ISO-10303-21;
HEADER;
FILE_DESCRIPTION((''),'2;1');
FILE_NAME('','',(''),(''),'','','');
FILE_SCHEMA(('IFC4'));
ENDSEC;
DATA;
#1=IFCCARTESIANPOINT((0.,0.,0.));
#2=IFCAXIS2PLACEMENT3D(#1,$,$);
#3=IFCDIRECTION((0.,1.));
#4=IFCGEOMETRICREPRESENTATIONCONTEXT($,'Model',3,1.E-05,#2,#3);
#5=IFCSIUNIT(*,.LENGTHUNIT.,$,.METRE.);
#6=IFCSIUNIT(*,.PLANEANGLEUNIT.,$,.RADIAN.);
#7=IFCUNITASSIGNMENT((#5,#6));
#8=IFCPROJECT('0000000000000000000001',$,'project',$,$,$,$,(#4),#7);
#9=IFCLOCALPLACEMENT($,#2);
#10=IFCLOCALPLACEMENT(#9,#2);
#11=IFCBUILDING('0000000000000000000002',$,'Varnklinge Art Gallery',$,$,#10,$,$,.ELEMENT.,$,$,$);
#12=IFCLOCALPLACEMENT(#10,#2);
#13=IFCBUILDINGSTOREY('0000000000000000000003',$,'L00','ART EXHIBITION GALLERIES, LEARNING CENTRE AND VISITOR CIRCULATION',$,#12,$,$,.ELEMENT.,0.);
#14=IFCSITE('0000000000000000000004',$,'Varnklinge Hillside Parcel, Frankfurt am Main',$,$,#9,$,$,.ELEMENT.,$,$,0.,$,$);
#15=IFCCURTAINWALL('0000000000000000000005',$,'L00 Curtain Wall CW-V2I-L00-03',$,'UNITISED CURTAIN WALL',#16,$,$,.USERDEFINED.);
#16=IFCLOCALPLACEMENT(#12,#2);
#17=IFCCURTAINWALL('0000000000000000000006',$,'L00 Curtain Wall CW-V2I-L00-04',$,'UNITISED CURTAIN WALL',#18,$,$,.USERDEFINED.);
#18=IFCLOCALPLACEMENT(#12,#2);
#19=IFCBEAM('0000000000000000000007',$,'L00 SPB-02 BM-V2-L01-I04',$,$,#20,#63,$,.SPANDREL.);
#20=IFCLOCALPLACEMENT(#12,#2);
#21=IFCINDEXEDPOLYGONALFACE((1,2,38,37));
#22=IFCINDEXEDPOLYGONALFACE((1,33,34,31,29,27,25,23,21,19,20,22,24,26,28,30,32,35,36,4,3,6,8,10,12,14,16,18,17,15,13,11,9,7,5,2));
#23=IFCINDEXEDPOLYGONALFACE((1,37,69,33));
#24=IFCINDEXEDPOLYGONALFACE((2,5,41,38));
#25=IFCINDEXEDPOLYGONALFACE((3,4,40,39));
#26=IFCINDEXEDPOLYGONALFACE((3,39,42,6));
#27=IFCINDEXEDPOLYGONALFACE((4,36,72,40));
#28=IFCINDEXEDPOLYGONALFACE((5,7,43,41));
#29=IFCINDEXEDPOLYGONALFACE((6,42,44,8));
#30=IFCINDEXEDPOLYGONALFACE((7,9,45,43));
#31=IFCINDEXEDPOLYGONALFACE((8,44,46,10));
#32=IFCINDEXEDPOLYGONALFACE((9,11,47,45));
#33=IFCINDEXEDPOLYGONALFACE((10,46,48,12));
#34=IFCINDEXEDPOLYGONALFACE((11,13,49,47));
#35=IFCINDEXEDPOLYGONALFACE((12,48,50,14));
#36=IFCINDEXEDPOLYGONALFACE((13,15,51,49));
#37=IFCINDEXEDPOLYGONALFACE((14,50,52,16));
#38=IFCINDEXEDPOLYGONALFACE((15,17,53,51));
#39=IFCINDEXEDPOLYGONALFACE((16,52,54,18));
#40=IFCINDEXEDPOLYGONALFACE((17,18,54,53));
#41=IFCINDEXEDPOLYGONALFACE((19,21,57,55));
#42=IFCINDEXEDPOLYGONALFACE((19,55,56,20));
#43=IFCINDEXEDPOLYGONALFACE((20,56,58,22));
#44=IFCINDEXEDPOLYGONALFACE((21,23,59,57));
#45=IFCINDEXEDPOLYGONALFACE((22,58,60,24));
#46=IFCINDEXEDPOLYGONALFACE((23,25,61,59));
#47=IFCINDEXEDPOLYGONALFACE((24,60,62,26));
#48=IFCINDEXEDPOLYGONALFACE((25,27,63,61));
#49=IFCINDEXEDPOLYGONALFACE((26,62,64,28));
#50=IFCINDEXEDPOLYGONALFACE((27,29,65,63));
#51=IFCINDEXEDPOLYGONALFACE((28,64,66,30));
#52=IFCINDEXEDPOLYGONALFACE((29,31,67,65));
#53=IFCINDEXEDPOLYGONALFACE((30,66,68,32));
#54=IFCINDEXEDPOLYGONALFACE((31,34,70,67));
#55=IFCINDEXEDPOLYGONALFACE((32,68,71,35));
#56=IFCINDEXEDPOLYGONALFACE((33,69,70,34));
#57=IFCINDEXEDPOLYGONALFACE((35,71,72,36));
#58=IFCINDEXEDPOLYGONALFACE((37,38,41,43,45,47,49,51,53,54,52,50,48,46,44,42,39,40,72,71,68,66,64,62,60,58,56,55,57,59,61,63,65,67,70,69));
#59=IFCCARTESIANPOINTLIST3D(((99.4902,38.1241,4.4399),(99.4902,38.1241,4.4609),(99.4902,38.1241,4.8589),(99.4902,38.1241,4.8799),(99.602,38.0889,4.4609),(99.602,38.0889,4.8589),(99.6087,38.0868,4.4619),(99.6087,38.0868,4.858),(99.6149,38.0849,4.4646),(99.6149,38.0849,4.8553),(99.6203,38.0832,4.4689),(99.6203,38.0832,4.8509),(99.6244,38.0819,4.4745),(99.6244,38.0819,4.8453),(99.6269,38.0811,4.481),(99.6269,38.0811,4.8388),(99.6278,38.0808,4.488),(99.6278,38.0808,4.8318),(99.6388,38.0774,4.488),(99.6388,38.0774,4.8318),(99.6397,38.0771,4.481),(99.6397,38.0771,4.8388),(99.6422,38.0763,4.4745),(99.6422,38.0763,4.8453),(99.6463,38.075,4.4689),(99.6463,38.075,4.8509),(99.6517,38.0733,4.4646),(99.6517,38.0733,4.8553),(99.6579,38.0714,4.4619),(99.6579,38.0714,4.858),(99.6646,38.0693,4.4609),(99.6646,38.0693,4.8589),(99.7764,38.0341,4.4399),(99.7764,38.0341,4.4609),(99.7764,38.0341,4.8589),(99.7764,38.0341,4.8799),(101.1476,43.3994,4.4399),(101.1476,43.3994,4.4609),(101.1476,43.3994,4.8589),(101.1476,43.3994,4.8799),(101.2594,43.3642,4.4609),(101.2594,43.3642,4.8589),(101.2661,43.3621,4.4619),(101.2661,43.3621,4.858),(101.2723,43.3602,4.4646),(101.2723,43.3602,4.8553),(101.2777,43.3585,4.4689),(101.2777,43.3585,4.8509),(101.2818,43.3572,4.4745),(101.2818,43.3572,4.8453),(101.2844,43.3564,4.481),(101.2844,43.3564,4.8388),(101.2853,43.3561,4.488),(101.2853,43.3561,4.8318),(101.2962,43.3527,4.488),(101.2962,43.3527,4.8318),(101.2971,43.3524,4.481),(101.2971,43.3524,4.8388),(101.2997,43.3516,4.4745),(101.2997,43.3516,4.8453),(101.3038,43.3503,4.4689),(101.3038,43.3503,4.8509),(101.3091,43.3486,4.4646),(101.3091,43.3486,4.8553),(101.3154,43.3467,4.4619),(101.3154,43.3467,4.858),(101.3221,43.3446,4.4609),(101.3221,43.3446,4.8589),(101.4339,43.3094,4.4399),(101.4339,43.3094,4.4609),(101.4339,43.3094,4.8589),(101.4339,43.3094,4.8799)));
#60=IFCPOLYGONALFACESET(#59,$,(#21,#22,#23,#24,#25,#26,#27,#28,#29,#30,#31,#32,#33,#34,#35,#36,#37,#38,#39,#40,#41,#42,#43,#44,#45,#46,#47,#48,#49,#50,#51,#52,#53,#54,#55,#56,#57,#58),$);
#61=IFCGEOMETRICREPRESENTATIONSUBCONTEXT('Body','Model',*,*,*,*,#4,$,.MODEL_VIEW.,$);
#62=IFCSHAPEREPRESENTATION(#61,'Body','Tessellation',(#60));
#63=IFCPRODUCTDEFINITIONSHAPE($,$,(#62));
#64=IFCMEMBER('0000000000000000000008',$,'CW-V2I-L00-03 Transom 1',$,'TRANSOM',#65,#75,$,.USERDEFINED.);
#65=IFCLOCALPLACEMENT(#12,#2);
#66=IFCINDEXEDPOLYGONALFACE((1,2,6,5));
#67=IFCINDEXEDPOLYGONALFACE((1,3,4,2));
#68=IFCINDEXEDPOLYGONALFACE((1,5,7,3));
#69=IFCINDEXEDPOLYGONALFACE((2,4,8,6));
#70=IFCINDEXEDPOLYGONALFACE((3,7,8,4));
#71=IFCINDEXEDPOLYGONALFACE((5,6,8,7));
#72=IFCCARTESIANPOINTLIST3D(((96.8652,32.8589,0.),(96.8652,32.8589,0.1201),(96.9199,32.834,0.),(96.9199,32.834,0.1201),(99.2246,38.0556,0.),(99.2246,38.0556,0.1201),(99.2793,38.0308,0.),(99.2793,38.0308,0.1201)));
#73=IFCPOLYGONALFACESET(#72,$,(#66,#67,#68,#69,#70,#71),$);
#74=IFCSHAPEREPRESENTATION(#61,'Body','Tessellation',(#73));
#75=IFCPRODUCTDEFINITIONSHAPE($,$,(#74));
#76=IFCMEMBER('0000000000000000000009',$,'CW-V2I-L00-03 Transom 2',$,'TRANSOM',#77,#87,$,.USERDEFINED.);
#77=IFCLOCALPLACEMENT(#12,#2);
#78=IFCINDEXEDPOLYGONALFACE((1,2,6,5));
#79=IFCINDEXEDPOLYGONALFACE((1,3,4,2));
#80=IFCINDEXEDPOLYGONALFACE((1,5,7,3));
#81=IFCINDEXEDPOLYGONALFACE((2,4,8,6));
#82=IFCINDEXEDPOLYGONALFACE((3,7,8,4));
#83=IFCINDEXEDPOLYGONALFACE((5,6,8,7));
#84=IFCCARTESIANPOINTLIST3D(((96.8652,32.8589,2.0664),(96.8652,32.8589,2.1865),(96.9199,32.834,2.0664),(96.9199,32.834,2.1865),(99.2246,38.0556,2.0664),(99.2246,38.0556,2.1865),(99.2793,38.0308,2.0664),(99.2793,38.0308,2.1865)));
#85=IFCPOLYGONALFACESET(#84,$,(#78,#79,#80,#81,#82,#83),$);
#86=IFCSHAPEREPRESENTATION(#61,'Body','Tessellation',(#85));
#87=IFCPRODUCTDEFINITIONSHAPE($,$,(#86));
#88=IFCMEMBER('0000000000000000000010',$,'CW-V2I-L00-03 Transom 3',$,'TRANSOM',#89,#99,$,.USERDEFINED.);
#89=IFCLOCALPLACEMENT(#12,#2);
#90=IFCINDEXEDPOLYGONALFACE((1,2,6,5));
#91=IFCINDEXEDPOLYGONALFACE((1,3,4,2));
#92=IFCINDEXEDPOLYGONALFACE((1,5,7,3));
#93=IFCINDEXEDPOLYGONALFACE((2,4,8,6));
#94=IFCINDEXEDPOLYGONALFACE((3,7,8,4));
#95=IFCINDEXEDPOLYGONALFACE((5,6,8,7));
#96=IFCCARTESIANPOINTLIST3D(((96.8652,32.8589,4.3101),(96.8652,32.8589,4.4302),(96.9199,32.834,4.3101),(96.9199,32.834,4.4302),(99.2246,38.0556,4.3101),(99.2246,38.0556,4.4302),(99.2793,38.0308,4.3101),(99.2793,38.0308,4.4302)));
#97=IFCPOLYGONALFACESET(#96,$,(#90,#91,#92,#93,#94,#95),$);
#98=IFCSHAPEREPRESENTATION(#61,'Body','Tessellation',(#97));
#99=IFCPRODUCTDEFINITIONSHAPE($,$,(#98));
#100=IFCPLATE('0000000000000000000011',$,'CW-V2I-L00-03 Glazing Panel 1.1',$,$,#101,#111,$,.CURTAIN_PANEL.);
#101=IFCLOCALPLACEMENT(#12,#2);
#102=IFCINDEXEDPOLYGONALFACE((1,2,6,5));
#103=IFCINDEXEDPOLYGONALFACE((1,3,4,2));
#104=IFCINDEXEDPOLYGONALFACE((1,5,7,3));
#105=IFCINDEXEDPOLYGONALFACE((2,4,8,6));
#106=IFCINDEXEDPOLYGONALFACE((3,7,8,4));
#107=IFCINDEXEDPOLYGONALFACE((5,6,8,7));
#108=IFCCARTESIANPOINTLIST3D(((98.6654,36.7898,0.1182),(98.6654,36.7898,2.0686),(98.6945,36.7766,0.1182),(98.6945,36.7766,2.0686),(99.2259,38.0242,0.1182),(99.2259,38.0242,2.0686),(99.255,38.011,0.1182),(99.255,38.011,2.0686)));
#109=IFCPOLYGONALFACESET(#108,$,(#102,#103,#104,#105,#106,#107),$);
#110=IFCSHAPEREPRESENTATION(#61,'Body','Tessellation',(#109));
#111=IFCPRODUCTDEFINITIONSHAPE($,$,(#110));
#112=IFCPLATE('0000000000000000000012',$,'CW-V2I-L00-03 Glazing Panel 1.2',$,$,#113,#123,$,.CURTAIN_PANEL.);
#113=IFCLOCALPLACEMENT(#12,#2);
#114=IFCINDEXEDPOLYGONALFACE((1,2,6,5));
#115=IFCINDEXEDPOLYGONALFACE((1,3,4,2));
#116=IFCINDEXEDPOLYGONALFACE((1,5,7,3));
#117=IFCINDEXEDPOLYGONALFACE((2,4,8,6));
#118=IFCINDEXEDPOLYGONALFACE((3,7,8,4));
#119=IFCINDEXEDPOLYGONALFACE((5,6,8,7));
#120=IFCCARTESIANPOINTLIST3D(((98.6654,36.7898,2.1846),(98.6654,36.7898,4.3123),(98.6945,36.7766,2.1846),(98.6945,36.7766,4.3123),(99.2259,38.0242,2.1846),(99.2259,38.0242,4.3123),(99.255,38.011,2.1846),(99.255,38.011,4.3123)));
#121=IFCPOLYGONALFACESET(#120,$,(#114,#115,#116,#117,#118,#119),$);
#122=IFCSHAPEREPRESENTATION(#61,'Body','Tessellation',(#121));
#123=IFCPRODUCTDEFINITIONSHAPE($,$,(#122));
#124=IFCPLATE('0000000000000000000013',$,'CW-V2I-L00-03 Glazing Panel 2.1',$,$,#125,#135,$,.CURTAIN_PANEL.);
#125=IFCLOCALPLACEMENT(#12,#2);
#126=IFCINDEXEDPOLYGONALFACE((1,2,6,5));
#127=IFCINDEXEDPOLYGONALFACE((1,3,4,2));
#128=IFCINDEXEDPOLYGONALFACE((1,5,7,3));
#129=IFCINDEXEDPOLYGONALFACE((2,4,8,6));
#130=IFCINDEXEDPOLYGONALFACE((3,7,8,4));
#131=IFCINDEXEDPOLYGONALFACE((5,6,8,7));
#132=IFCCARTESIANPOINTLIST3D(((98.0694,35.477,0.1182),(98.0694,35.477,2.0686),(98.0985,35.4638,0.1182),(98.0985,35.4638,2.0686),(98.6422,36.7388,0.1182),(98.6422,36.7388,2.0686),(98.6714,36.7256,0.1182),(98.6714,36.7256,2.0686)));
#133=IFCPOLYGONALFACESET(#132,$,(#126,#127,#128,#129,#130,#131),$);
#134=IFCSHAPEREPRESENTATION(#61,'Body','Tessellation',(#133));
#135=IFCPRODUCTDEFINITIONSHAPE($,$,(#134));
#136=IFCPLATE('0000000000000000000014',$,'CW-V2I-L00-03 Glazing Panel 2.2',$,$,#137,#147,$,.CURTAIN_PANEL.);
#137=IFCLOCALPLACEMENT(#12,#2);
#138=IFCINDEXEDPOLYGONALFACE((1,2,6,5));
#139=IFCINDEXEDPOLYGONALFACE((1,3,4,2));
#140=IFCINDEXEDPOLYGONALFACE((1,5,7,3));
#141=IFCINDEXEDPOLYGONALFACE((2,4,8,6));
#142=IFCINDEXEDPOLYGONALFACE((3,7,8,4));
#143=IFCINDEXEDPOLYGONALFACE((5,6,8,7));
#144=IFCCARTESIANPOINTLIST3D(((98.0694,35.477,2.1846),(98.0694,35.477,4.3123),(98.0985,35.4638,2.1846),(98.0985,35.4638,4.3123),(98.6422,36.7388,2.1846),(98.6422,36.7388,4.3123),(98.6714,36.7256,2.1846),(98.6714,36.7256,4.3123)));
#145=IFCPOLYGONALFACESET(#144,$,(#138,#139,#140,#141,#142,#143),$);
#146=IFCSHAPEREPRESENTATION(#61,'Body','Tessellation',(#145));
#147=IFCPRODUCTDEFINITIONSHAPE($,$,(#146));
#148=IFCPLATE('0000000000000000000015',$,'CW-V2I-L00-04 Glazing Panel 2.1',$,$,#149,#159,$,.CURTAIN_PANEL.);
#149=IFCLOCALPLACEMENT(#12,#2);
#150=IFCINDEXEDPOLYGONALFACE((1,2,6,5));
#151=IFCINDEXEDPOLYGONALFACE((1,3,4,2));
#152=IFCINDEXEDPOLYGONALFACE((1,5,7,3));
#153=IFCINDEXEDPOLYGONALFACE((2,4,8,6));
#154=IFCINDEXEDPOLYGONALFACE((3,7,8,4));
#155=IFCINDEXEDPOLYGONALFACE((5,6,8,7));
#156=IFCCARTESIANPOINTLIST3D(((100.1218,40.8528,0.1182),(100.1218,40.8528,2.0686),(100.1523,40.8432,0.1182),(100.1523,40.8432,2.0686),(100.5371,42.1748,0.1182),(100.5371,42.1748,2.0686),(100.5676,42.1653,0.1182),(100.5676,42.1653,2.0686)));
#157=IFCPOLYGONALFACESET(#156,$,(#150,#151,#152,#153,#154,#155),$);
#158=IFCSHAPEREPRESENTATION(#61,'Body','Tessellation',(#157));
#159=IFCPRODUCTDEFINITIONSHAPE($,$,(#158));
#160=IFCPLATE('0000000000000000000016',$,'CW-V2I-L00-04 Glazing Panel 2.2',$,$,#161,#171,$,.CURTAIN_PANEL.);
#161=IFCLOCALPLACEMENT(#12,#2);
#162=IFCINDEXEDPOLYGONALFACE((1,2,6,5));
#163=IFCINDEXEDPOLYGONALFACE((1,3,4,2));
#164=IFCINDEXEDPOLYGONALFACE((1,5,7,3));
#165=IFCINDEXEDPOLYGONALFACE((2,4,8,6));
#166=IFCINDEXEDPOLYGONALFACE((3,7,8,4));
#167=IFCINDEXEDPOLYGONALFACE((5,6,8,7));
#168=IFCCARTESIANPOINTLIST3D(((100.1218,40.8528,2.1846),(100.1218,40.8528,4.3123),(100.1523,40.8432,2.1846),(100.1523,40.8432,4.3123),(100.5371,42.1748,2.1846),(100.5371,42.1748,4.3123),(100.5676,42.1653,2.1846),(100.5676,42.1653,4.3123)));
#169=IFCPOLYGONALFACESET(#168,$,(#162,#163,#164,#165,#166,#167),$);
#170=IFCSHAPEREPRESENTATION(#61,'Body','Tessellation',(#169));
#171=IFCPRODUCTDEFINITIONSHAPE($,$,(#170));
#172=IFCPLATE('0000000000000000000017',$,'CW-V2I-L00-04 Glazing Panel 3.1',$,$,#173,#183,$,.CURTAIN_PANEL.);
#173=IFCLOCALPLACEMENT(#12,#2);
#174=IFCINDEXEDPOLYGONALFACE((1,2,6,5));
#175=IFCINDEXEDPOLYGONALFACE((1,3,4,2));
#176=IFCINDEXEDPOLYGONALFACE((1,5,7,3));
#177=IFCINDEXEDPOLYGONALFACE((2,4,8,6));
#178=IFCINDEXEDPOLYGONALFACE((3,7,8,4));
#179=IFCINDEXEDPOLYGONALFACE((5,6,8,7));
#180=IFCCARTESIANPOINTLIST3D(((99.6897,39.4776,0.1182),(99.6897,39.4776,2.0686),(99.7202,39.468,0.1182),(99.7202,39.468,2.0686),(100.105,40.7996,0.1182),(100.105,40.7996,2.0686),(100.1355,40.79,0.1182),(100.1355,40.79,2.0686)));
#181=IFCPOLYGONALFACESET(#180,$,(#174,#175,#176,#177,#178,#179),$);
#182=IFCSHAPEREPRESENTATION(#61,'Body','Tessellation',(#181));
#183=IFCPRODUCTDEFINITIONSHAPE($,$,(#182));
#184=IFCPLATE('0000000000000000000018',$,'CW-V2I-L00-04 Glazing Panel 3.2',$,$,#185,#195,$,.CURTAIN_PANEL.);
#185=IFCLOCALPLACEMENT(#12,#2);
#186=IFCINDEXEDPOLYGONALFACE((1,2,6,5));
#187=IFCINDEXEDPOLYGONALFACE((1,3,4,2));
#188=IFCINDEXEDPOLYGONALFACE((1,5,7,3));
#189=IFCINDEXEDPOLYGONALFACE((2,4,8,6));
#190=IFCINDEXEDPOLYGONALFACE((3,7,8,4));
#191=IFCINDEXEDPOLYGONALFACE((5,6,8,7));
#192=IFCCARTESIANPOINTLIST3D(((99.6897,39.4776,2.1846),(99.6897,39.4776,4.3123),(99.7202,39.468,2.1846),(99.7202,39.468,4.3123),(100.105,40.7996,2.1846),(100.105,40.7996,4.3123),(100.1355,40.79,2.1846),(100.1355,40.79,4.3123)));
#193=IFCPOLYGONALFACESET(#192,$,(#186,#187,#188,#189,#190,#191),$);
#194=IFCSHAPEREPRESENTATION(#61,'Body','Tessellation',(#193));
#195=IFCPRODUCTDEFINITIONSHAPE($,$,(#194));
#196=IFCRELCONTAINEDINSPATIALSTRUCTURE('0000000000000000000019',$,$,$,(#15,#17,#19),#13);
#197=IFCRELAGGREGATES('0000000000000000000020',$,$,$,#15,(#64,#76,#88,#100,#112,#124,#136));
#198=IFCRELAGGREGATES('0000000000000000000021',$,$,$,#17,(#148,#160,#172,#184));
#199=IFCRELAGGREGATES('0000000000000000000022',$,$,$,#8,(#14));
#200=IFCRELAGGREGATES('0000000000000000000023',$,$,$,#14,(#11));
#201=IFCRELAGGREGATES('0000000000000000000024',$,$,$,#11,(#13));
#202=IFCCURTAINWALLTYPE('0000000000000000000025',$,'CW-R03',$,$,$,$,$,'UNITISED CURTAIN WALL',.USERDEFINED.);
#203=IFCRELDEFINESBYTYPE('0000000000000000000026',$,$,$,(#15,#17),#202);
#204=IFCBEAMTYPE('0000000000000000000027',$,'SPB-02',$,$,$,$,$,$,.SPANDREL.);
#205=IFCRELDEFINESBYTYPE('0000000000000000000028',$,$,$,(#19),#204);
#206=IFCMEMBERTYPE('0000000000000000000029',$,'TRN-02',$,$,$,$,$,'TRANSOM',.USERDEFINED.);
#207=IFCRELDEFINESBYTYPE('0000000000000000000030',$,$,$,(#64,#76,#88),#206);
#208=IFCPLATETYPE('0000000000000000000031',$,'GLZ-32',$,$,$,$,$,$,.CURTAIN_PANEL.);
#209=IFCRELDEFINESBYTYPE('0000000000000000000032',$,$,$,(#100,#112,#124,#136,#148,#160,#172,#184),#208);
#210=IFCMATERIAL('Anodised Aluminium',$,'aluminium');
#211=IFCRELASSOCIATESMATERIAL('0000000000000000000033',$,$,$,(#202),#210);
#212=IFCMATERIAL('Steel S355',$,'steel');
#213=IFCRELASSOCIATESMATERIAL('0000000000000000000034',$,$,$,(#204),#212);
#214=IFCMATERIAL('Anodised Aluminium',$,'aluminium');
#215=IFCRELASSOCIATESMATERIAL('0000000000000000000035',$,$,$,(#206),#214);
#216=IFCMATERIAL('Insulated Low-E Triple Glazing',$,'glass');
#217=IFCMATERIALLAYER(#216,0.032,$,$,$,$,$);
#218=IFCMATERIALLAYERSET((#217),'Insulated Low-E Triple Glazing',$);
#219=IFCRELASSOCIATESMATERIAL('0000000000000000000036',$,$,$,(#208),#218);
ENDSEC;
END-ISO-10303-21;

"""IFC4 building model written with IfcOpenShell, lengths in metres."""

from ifc_helpers import new_model, si_unit, direction, frame, origin, origin_2d, place, context, subcontext, project, spatial, rectangle, i_section, extrude, material, layer, layer_set, material_profile, profile_set, type_object, element, aggregate, save


model = new_model("IFC4")

# Units and contexts
model_context = context("Model", 3, precision=1e-05, world=origin(), true_north=direction((0.0, 1.0)))
body_context = subcontext(model_context, "Body", "Model", "MODEL_VIEW")
ifc_project = project(units=[si_unit("LENGTHUNIT", "METRE"), si_unit("PLANEANGLEUNIT", "RADIAN")], contexts=[model_context])

# Site, building, storey
site_placement = place(None, origin())
site = spatial("IfcSite", under=ifc_project, at=site_placement, Name="Varnklinge Hillside Parcel, Frankfurt am Main", CompositionType="ELEMENT", RefElevation=0.0)
building_placement = place(site_placement, origin())
building = spatial("IfcBuilding", under=site, at=building_placement, Name="Varnklinge Art Gallery", CompositionType="ELEMENT")
storey_placement = place(building_placement, origin())
storey = spatial("IfcBuildingStorey", under=building, at=storey_placement, Name="L00", Description="ART EXHIBITION GALLERIES, LEARNING CENTRE AND VISITOR CIRCULATION", CompositionType="ELEMENT", Elevation=0.0)

# Curtain walls
ifc_material_1 = material(Name="Anodised Aluminium", Category="aluminium")
curtain_wall_type = type_object("IfcCurtainWallType", Name="CW-R03", ElementType="UNITISED CURTAIN WALL", PredefinedType="USERDEFINED", material=ifc_material_1)
curtain_wall_1_placement = place(storey_placement, origin())
curtain_wall_1 = element("IfcCurtainWall", 1, at=curtain_wall_1_placement, inside=storey, type_object=curtain_wall_type, Name="L00 Curtain Wall CW-V2I-L00-03", ObjectType="UNITISED CURTAIN WALL", PredefinedType="USERDEFINED")
curtain_wall_2_placement = place(storey_placement, origin())
curtain_wall_2 = element("IfcCurtainWall", 2, at=curtain_wall_2_placement, inside=storey, type_object=curtain_wall_type, Name="L00 Curtain Wall CW-V2I-L00-04", ObjectType="UNITISED CURTAIN WALL", PredefinedType="USERDEFINED")

# Beam
ifc_material_2 = material(Name="Steel S355", Category="steel")
ifc_material_profile_1 = material_profile(ifc_material_2, i_section(OverallWidth=0.3, OverallDepth=0.4399, WebThickness=0.0115, FlangeThickness=0.021, FilletRadius=0.0271, at=origin_2d()), Name="HEA 450")
ifc_profile_set_1 = profile_set([ifc_material_profile_1], Name="Steel S355")
beam_type = type_object("IfcBeamType", Name="SPB-02", PredefinedType="SPANDREL", material=ifc_profile_set_1)
beam_placement = place(storey_placement, frame((99.6333, 38.0791, 4.6599), z_axis=(0.299743, 0.95402, 0.0), x_axis=(-0.95402, 0.299743, 0.0)))
element("IfcBeam", 3, at=beam_placement, inside=storey, type_object=beam_type, Name="L00 SPB-02 BM-V2-L01-I04", PredefinedType="SPANDREL", context=body_context, shape_type="SweptSolid", body=[
    extrude(i_section(OverallWidth=0.3, OverallDepth=0.4399, WebThickness=0.0115, FlangeThickness=0.021, FilletRadius=0.0271, at=origin_2d()), origin(), (0.0, 0.0, 1.0), 5.5295),
])

# Members
ifc_material_3 = material(Name="Anodised Aluminium", Category="aluminium")
ifc_material_profile_2 = material_profile(ifc_material_3, rectangle(XDim=0.0601, YDim=0.1201, at=origin_2d()), Name="ALU 60x120")
ifc_profile_set_2 = profile_set([ifc_material_profile_2], Name="Anodised Aluminium")
member_type_1 = type_object("IfcMemberType", Name="TRN-02", ElementType="TRANSOM", PredefinedType="USERDEFINED", material=ifc_profile_set_2)
member_1_placement = place(storey_placement, frame((99.252, 38.0432, 0.0601), z_axis=(-0.413397, -0.910551, 0.0), x_axis=(0.910551, -0.413397, 0.0)))
member_1 = element("IfcMember", 4, at=member_1_placement, type_object=member_type_1, Name="CW-V2I-L00-03 Transom 1", ObjectType="TRANSOM", PredefinedType="USERDEFINED", context=body_context, shape_type="SweptSolid", body=[
    extrude(rectangle(XDim=0.0601, YDim=0.1201, at=origin_2d()), origin(), (0.0, 0.0, 1.0), 5.7073),
])
member_2_placement = place(storey_placement, frame((99.252, 38.0432, 2.1265), z_axis=(-0.413397, -0.910551, 0.0), x_axis=(0.910551, -0.413397, 0.0)))
member_2 = element("IfcMember", 5, at=member_2_placement, type_object=member_type_1, Name="CW-V2I-L00-03 Transom 2", ObjectType="TRANSOM", PredefinedType="USERDEFINED", context=body_context, shape_type="SweptSolid", body=[
    extrude(rectangle(XDim=0.0601, YDim=0.1201, at=origin_2d()), origin(), (0.0, 0.0, 1.0), 5.7073),
])
member_3_placement = place(storey_placement, frame((99.252, 38.0432, 4.3701), z_axis=(-0.413397, -0.910551, 0.0), x_axis=(0.910551, -0.413397, 0.0)))
member_3 = element("IfcMember", 6, at=member_3_placement, type_object=member_type_1, Name="CW-V2I-L00-03 Transom 3", ObjectType="TRANSOM", PredefinedType="USERDEFINED", context=body_context, shape_type="SweptSolid", body=[
    extrude(rectangle(XDim=0.0601, YDim=0.1201, at=origin_2d()), origin(), (0.0, 0.0, 1.0), 5.7073),
])

# Plates
ifc_material_4 = material(Name="Insulated Low-E Triple Glazing", Category="glass")
ifc_layer = layer(ifc_material_4, 0.032)
ifc_layer_set = layer_set([ifc_layer], Name="Insulated Low-E Triple Glazing")
plate_type = type_object("IfcPlateType", Name="GLZ-32", PredefinedType="CURTAIN_PANEL", material=ifc_layer_set)
plate_1_placement = place(storey_placement, frame((98.9602, 37.4004, 0.1182), z_axis=(0.0, 0.0, 1.0), x_axis=(-0.413422, -0.910539, 0.0)))
plate_1 = element("IfcPlate", 7, at=plate_1_placement, type_object=plate_type, Name="CW-V2I-L00-03 Glazing Panel 1.1", PredefinedType="CURTAIN_PANEL", context=body_context, shape_type="SweptSolid", body=[
    extrude(rectangle(XDim=1.3557, YDim=0.032, at=origin_2d()), origin(), (0.0, 0.0, 1.0), 1.9504),
])
plate_2_placement = place(storey_placement, frame((98.9602, 37.4004, 2.1846), z_axis=(0.0, 0.0, 1.0), x_axis=(-0.413422, -0.910539, 0.0)))
plate_2 = element("IfcPlate", 8, at=plate_2_placement, type_object=plate_type, Name="CW-V2I-L00-03 Glazing Panel 1.2", PredefinedType="CURTAIN_PANEL", context=body_context, shape_type="SweptSolid", body=[
    extrude(rectangle(XDim=1.3557, YDim=0.032, at=origin_2d()), origin(), (0.0, 0.0, 1.0), 2.1277),
])
plate_3_placement = place(storey_placement, frame((98.3704, 36.1013, 0.1182), z_axis=(0.0, 0.0, 1.0), x_axis=(-0.413422, -0.910539, 0.0)))
plate_3 = element("IfcPlate", 9, at=plate_3_placement, type_object=plate_type, Name="CW-V2I-L00-03 Glazing Panel 2.1", PredefinedType="CURTAIN_PANEL", context=body_context, shape_type="SweptSolid", body=[
    extrude(rectangle(XDim=1.3857, YDim=0.032, at=origin_2d()), origin(), (0.0, 0.0, 1.0), 1.9504),
])
plate_4_placement = place(storey_placement, frame((98.3704, 36.1013, 2.1846), z_axis=(0.0, 0.0, 1.0), x_axis=(-0.413422, -0.910539, 0.0)))
plate_4 = element("IfcPlate", 10, at=plate_4_placement, type_object=plate_type, Name="CW-V2I-L00-03 Glazing Panel 2.2", PredefinedType="CURTAIN_PANEL", context=body_context, shape_type="SweptSolid", body=[
    extrude(rectangle(XDim=1.3857, YDim=0.032, at=origin_2d()), origin(), (0.0, 0.0, 1.0), 2.1277),
])
aggregate(curtain_wall_1, [member_1, member_2, member_3, plate_1, plate_2, plate_3, plate_4])
plate_5_placement = place(storey_placement, frame((100.3447, 41.509, 0.1182), z_axis=(0.0, 0.0, 1.0), x_axis=(-0.299707, -0.954031, 0.0)))
plate_5 = element("IfcPlate", 11, at=plate_5_placement, type_object=plate_type, Name="CW-V2I-L00-04 Glazing Panel 2.1", PredefinedType="CURTAIN_PANEL", context=body_context, shape_type="SweptSolid", body=[
    extrude(rectangle(XDim=1.3857, YDim=0.032, at=origin_2d()), origin(), (0.0, 0.0, 1.0), 1.9504),
])
plate_6_placement = place(storey_placement, frame((100.3447, 41.509, 2.1846), z_axis=(0.0, 0.0, 1.0), x_axis=(-0.299707, -0.954031, 0.0)))
plate_6 = element("IfcPlate", 12, at=plate_6_placement, type_object=plate_type, Name="CW-V2I-L00-04 Glazing Panel 2.2", PredefinedType="CURTAIN_PANEL", context=body_context, shape_type="SweptSolid", body=[
    extrude(rectangle(XDim=1.3857, YDim=0.032, at=origin_2d()), origin(), (0.0, 0.0, 1.0), 2.1277),
])
plate_7_placement = place(storey_placement, frame((99.9126, 40.1338, 0.1182), z_axis=(0.0, 0.0, 1.0), x_axis=(-0.299707, -0.954031, 0.0)))
plate_7 = element("IfcPlate", 13, at=plate_7_placement, type_object=plate_type, Name="CW-V2I-L00-04 Glazing Panel 3.1", PredefinedType="CURTAIN_PANEL", context=body_context, shape_type="SweptSolid", body=[
    extrude(rectangle(XDim=1.3857, YDim=0.032, at=origin_2d()), origin(), (0.0, 0.0, 1.0), 1.9504),
])
plate_8_placement = place(storey_placement, frame((99.9126, 40.1338, 2.1846), z_axis=(0.0, 0.0, 1.0), x_axis=(-0.299707, -0.954031, 0.0)))
plate_8 = element("IfcPlate", 14, at=plate_8_placement, type_object=plate_type, Name="CW-V2I-L00-04 Glazing Panel 3.2", PredefinedType="CURTAIN_PANEL", context=body_context, shape_type="SweptSolid", body=[
    extrude(rectangle(XDim=1.3857, YDim=0.032, at=origin_2d()), origin(), (0.0, 0.0, 1.0), 2.1277),
])
aggregate(curtain_wall_2, [plate_5, plate_6, plate_7, plate_8])

save(model, "model.ifc")
